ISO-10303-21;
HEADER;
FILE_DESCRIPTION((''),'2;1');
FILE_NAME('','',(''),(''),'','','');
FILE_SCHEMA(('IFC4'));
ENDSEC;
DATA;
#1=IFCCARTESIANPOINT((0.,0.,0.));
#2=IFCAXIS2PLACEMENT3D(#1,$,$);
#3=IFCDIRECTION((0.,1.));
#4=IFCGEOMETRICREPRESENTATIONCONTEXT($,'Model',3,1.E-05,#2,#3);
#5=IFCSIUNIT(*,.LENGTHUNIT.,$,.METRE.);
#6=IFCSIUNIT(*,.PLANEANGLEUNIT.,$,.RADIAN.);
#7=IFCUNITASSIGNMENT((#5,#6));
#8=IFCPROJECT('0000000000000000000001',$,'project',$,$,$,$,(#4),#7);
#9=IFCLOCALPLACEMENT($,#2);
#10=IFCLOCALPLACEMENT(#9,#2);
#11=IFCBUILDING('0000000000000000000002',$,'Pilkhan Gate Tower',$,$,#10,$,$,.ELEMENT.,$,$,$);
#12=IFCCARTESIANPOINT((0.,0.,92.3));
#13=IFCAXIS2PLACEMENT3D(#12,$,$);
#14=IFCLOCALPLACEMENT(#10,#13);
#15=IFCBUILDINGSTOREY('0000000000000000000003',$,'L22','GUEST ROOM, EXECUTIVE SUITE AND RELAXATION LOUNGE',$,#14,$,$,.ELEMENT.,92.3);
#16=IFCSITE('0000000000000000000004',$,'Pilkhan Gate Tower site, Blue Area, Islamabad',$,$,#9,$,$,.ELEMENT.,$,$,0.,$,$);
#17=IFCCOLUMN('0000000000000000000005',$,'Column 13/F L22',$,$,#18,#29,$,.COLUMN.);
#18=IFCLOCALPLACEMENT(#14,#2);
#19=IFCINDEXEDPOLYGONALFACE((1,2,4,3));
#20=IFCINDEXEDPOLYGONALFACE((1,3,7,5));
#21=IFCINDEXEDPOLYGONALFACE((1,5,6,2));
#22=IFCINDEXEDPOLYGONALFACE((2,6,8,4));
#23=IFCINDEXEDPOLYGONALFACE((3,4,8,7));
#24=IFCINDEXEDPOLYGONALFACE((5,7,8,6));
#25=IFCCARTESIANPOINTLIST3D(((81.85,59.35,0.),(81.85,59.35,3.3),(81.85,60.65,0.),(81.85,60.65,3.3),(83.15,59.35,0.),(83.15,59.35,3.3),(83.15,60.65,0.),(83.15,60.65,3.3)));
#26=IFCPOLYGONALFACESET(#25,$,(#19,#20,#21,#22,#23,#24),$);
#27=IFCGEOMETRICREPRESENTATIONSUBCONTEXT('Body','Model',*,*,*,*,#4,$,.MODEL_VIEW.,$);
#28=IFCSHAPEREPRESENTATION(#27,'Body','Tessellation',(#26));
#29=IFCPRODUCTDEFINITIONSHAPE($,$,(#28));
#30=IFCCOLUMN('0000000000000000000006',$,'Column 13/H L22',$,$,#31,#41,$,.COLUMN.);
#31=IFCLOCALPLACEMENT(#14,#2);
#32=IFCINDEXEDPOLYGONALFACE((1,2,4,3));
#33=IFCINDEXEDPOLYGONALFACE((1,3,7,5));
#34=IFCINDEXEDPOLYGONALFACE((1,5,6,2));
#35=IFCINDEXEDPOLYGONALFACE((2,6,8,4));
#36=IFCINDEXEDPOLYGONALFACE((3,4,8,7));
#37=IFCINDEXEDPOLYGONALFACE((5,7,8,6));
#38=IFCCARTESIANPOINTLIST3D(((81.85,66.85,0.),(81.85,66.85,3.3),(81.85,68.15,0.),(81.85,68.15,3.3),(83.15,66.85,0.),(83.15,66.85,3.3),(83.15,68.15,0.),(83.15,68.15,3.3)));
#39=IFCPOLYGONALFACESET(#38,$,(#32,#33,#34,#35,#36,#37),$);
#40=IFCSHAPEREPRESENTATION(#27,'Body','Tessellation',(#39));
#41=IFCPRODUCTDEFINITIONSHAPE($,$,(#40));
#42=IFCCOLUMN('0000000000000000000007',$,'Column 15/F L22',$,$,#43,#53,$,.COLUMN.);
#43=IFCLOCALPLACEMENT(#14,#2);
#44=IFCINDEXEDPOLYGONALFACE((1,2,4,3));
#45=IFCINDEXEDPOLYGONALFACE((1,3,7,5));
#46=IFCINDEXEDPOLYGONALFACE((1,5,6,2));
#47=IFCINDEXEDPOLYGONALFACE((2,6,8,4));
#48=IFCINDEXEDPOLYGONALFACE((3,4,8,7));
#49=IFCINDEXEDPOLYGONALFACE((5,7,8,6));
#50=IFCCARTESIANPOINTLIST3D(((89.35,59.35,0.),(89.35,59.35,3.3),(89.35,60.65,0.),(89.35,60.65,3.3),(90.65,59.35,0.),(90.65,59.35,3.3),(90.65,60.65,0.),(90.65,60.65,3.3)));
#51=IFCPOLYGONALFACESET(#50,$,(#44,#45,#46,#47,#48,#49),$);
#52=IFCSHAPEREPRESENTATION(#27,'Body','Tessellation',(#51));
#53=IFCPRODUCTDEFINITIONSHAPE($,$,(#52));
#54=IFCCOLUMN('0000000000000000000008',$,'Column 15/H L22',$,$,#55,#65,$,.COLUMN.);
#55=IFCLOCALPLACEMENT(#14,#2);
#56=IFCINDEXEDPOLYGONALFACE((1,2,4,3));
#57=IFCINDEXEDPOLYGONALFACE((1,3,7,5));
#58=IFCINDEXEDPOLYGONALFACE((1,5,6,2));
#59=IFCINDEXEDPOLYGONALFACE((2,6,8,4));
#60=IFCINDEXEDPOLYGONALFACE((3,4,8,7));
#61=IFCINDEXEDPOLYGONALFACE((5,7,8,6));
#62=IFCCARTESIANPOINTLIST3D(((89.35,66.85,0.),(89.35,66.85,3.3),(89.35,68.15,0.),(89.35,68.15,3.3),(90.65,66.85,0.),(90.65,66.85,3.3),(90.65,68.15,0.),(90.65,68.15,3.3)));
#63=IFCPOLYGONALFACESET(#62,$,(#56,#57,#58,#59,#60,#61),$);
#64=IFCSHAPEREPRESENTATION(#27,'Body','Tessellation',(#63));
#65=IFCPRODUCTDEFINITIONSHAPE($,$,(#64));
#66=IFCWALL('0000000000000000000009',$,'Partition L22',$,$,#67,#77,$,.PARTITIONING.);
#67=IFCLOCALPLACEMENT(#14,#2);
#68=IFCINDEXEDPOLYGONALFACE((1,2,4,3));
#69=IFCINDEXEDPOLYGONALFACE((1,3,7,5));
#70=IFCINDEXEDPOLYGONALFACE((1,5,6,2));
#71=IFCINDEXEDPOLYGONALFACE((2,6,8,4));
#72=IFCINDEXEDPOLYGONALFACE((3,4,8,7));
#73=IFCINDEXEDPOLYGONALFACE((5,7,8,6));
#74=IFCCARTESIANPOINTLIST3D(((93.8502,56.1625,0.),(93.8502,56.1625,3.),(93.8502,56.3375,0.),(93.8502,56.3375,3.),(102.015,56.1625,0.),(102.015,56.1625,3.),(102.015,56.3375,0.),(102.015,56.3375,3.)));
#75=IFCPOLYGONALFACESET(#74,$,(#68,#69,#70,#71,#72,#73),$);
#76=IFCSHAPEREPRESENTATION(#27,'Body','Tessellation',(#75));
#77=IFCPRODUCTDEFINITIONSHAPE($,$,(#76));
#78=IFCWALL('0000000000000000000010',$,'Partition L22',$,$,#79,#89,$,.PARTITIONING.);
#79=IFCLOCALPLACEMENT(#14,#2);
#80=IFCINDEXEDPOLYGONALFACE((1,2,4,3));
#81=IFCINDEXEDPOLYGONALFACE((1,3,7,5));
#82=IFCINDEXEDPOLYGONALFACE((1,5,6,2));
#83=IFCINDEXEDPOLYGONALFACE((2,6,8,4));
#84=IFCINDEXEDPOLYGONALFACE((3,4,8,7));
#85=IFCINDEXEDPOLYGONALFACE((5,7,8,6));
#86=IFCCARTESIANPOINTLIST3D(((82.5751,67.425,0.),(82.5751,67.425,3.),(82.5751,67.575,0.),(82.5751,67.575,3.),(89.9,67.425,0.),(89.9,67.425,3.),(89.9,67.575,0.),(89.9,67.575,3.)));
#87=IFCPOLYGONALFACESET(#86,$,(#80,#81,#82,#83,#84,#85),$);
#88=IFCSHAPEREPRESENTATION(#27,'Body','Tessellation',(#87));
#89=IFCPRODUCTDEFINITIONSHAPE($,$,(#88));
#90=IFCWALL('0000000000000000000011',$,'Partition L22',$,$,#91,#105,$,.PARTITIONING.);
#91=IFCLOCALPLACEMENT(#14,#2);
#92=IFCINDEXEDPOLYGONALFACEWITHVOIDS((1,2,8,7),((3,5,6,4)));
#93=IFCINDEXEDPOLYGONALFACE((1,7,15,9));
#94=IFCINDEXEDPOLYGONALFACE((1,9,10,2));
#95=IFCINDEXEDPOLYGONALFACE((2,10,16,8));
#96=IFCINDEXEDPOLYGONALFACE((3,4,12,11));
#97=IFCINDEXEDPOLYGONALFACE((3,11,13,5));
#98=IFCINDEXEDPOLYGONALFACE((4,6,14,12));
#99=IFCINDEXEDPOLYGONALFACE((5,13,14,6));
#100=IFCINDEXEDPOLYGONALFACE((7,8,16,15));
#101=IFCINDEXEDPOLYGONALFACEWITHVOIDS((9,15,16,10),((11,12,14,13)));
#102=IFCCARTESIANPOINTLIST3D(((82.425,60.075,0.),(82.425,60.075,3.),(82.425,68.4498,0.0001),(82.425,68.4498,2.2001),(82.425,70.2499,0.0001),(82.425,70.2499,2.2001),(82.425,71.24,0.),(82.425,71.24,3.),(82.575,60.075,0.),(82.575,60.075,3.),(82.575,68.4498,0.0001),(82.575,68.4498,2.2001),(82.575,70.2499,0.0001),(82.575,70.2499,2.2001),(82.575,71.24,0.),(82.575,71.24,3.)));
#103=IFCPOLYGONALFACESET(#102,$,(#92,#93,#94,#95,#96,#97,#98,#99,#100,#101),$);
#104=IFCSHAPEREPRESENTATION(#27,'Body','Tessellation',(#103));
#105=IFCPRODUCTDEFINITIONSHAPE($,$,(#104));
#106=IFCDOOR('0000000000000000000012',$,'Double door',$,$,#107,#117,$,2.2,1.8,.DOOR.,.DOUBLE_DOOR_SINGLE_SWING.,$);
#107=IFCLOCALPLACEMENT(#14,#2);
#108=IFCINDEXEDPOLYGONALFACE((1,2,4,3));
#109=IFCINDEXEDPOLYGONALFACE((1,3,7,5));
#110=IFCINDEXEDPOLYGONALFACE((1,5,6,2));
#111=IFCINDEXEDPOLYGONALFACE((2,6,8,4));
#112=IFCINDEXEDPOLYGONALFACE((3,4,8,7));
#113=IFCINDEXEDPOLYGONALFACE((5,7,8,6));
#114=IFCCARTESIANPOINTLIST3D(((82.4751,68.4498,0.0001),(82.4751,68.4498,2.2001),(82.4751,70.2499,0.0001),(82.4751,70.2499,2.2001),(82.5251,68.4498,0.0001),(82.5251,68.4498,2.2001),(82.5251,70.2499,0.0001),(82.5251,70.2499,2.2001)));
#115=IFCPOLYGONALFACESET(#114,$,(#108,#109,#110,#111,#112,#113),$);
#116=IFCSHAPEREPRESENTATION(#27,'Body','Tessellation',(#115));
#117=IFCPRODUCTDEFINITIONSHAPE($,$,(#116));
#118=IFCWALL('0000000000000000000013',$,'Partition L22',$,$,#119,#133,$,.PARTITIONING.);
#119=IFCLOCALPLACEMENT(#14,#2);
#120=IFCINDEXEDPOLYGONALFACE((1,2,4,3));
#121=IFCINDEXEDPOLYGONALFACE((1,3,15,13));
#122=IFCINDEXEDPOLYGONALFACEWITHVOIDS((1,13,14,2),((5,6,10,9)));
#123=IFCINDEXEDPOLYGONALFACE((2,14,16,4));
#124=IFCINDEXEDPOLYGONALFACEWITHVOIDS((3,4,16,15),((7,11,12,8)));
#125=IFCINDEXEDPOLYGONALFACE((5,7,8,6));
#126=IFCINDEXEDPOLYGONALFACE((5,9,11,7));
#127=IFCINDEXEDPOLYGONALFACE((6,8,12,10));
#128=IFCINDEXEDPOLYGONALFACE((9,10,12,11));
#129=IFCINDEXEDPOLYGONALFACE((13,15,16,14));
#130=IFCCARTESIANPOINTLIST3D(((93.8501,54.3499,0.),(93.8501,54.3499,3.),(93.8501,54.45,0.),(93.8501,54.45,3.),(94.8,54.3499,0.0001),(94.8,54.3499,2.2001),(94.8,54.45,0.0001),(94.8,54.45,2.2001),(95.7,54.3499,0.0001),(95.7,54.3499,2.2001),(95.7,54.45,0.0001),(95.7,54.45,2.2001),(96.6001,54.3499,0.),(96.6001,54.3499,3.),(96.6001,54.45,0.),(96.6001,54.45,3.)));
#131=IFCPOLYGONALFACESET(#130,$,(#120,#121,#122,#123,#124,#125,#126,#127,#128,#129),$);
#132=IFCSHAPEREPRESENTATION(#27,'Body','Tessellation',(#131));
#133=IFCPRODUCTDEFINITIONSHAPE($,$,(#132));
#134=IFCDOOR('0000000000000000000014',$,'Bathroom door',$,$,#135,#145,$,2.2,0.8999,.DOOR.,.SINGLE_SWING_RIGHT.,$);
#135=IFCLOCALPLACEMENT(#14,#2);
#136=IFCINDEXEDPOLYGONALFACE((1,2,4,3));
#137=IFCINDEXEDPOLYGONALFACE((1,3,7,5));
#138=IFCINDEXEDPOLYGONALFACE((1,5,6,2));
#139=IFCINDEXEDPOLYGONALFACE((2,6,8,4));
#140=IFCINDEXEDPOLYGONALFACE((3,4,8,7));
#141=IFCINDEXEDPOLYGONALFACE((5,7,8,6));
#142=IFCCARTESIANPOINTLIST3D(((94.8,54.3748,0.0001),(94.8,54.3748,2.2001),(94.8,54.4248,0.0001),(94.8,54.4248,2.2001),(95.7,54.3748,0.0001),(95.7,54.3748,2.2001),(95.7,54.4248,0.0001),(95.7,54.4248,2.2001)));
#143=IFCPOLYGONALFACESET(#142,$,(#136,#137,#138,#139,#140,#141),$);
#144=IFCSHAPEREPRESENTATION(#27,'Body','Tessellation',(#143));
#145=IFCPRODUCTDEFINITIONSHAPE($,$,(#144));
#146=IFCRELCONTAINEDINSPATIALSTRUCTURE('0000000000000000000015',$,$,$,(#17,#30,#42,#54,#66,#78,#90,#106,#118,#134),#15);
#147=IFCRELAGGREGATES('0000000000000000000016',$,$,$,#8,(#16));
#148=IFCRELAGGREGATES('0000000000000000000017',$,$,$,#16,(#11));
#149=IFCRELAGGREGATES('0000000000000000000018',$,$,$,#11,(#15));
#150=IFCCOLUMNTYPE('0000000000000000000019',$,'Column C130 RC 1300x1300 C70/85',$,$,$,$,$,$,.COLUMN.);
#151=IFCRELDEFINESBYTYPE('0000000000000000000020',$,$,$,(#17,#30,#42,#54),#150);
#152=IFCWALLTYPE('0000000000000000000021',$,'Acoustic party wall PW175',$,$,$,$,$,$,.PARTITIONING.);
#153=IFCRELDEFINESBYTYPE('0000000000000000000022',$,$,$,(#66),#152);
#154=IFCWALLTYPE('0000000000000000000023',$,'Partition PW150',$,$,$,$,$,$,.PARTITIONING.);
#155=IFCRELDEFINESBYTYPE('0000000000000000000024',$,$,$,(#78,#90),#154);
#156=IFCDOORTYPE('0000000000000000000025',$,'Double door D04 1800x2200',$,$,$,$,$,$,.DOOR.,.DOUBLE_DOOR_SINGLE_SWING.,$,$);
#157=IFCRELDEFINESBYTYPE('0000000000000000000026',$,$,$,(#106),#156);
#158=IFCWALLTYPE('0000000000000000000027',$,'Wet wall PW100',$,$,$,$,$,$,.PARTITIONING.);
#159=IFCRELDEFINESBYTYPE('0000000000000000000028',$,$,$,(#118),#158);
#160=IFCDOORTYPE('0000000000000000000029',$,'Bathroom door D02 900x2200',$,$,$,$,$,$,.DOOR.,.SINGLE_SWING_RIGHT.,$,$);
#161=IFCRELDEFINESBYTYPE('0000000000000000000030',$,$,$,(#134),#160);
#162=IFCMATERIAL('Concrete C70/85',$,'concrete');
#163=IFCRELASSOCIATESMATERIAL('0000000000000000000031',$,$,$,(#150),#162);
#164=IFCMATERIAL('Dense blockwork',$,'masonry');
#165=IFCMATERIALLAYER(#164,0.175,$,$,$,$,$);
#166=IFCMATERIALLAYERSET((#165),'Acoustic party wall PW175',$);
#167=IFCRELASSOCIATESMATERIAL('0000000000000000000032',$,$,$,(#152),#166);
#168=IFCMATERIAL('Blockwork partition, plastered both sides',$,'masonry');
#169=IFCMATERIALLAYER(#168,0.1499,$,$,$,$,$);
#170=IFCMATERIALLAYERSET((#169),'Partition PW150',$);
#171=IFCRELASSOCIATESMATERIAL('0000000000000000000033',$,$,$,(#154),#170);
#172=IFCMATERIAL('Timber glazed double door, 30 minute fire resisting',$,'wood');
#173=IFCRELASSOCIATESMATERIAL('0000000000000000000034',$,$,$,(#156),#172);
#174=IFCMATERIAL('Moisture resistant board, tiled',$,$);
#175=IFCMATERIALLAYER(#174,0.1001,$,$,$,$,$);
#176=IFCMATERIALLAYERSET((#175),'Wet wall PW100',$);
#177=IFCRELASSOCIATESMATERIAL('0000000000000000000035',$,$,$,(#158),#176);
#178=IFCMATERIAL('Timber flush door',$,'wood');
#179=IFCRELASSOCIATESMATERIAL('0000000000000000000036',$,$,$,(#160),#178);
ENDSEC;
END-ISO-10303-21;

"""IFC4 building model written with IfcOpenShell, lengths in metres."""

from ifc_helpers import new_model, si_unit, direction, frame, frame_2d, origin, origin_2d, place, context, subcontext, project, spatial, rectangle, extrude, material, layer, layer_set, material_profile, profile_set, type_object, element, fill, save


model = new_model("IFC4")

# Units and contexts
model_context = context("Model", 3, precision=1e-05, world=origin(), true_north=direction((0.0, 1.0)))
body_context = subcontext(model_context, "Body", "Model", "MODEL_VIEW")
ifc_project = project(units=[si_unit("LENGTHUNIT", "METRE"), si_unit("PLANEANGLEUNIT", "RADIAN")], contexts=[model_context])

# Site, building, storey
site_placement = place(None, origin())
site = spatial("IfcSite", under=ifc_project, at=site_placement, Name="Pilkhan Gate Tower site, Blue Area, Islamabad", CompositionType="ELEMENT", RefElevation=0.0)
building_placement = place(site_placement, origin())
building = spatial("IfcBuilding", under=site, at=building_placement, Name="Pilkhan Gate Tower", CompositionType="ELEMENT")
storey_placement = place(building_placement, frame((0.0, 0.0, 92.3)))
storey = spatial("IfcBuildingStorey", under=building, at=storey_placement, Name="L22", Description="GUEST ROOM, EXECUTIVE SUITE AND RELAXATION LOUNGE", CompositionType="ELEMENT", Elevation=92.3)

# Columns
ifc_material_1 = material(Name="Concrete C70/85", Category="concrete")
ifc_material_profile = material_profile(ifc_material_1, rectangle(XDim=1.3, YDim=1.3, at=origin_2d()), Name="RC 1300x1300")
ifc_profile_set = profile_set([ifc_material_profile], Name="Concrete C70/85")
column_type = type_object("IfcColumnType", Name="Column C130 RC 1300x1300 C70/85", PredefinedType="COLUMN", material=ifc_profile_set)
for number, where, z_axis, x_axis, name in (
    (1, (82.5, 60.0, 0.0), (0.0, 0.0, 1.0), (1.0, 0.0, 0.0), "Column 13/F L22"),
    (2, (82.5, 67.5, 0.0), (0.0, 0.0, 1.0), (1.0, 0.0, 0.0), "Column 13/H L22"),
    (3, (90.0, 60.0, 0.0), (0.0, 0.0, 1.0), (1.0, 0.0, 0.0), "Column 15/F L22"),
    (4, (90.0, 67.5, 0.0), (0.0, 0.0, 1.0), (1.0, 0.0, 0.0), "Column 15/H L22"),
):
    element("IfcColumn", number, at=place(storey_placement, frame(where, z_axis=z_axis, x_axis=x_axis)), inside=storey, type_object=column_type, Name=name, PredefinedType="COLUMN", context=body_context, shape_type="SweptSolid", body=[
        extrude(rectangle(XDim=1.3, YDim=1.3, at=origin_2d()), origin(), (0.0, 0.0, 1.0), 3.3),
    ])

# Walls
ifc_material_2 = material(Name="Dense blockwork", Category="masonry")
ifc_layer_1 = layer(ifc_material_2, 0.175)
ifc_layer_set_1 = layer_set([ifc_layer_1], Name="Acoustic party wall PW175")
wall_type_1 = type_object("IfcWallType", Name="Acoustic party wall PW175", PredefinedType="PARTITIONING", material=ifc_layer_set_1)
wall_1_placement = place(storey_placement, frame((93.8501, 56.25, 0.0), z_axis=(0.0, 0.0, 1.0), x_axis=(1.0, 0.0, 0.0)))
element("IfcWall", 5, at=wall_1_placement, inside=storey, type_object=wall_type_1, Name="Partition L22", PredefinedType="PARTITIONING", context=body_context, shape_type="SweptSolid", body=[
    extrude(rectangle(XDim=8.1648, YDim=0.175, at=frame_2d((4.0825, 0.0))), origin(), (0.0, 0.0, 1.0), 3.0),
])
ifc_material_3 = material(Name="Blockwork partition, plastered both sides", Category="masonry")
ifc_layer_2 = layer(ifc_material_3, 0.1499)
ifc_layer_set_2 = layer_set([ifc_layer_2], Name="Partition PW150")
wall_type_2 = type_object("IfcWallType", Name="Partition PW150", PredefinedType="PARTITIONING", material=ifc_layer_set_2)
wall_2_placement = place(storey_placement, frame((82.575, 67.5, 0.0), z_axis=(0.0, 0.0, 1.0), x_axis=(1.0, 0.0, 0.0)))
element("IfcWall", 6, at=wall_2_placement, inside=storey, type_object=wall_type_2, Name="Partition L22", PredefinedType="PARTITIONING", context=body_context, shape_type="SweptSolid", body=[
    extrude(rectangle(XDim=7.325, YDim=0.1499, at=frame_2d((3.6626, 0.0))), origin(), (0.0, 0.0, 1.0), 3.0),
])

# Walls, openings, doors
wall_3_placement = place(storey_placement, frame((82.5, 60.075, 0.0), z_axis=(0.0, 0.0, 1.0), x_axis=(0.0, 1.0, 0.0)))
wall_3 = element("IfcWall", 7, at=wall_3_placement, inside=storey, type_object=wall_type_2, Name="Partition L22", PredefinedType="PARTITIONING", context=body_context, shape_type="SweptSolid", body=[
    extrude(rectangle(XDim=11.165, YDim=0.1499, at=frame_2d((5.5825, 0.0))), origin(), (0.0, 0.0, 1.0), 3.0),
])
opening_1_placement = place(wall_3_placement, frame((8.375, 0.0, 0.0)))
opening_1 = element("IfcOpeningElement", 8, at=opening_1_placement, cuts=wall_3, PredefinedType="OPENING", context=body_context, shape_type="SweptSolid", body=[
    extrude(rectangle(XDim=1.8, YDim=2.2, at=frame_2d((0.8999, 1.1001))), frame((0.0, 0.085, 0.0), z_axis=(0.0, -1.0, 0.0), x_axis=(1.0, 0.0, 0.0)), (0.0, 0.0, 1.0), 0.1699),
])
ifc_material_4 = material(Name="Timber glazed double door, 30 minute fire resisting", Category="wood")
door_type_1 = type_object("IfcDoorType", Name="Double door D04 1800x2200", OperationType="DOUBLE_DOOR_SINGLE_SWING", PredefinedType="DOOR", material=ifc_material_4)
door_1_placement = place(opening_1_placement, origin())
door_1 = element("IfcDoor", 9, at=door_1_placement, inside=storey, type_object=door_type_1, Name="Double door", OperationType="DOUBLE_DOOR_SINGLE_SWING", OverallHeight=2.2, OverallWidth=1.8, PredefinedType="DOOR", context=body_context, shape_type="SweptSolid", body=[
    extrude(rectangle(XDim=1.8, YDim=2.2, at=frame_2d((0.8999, 1.1001))), frame((0.0, 0.0249, 0.0), z_axis=(0.0, -1.0, 0.0), x_axis=(1.0, 0.0, 0.0)), (0.0, 0.0, 1.0), 0.05),
])
fill(opening_1, door_1)
ifc_material_5 = material(Name="Moisture resistant board, tiled")
ifc_layer_3 = layer(ifc_material_5, 0.1001)
ifc_layer_set_3 = layer_set([ifc_layer_3], Name="Wet wall PW100")
wall_type_3 = type_object("IfcWallType", Name="Wet wall PW100", PredefinedType="PARTITIONING", material=ifc_layer_set_3)
wall_4_placement = place(storey_placement, frame((93.8501, 54.3999, 0.0), z_axis=(0.0, 0.0, 1.0), x_axis=(1.0, 0.0, 0.0)))
wall_4 = element("IfcWall", 10, at=wall_4_placement, inside=storey, type_object=wall_type_3, Name="Partition L22", PredefinedType="PARTITIONING", context=body_context, shape_type="SweptSolid", body=[
    extrude(rectangle(XDim=2.75, YDim=0.1001, at=frame_2d((1.375, 0.0))), origin(), (0.0, 0.0, 1.0), 3.0),
])
opening_2_placement = place(wall_4_placement, frame((0.95, 0.0, 0.0)))
opening_2 = element("IfcOpeningElement", 11, at=opening_2_placement, cuts=wall_4, PredefinedType="OPENING", context=body_context, shape_type="SweptSolid", body=[
    extrude(rectangle(XDim=0.8999, YDim=2.2, at=frame_2d((0.45, 1.1001))), frame((0.0, 0.0601, 0.0), z_axis=(0.0, -1.0, 0.0), x_axis=(1.0, 0.0, 0.0)), (0.0, 0.0, 1.0), 0.1201),
])
ifc_material_6 = material(Name="Timber flush door", Category="wood")
door_type_2 = type_object("IfcDoorType", Name="Bathroom door D02 900x2200", OperationType="SINGLE_SWING_RIGHT", PredefinedType="DOOR", material=ifc_material_6)
door_2_placement = place(opening_2_placement, origin())
door_2 = element("IfcDoor", 12, at=door_2_placement, inside=storey, type_object=door_type_2, Name="Bathroom door", OperationType="SINGLE_SWING_RIGHT", OverallHeight=2.2, OverallWidth=0.8999, PredefinedType="DOOR", context=body_context, shape_type="SweptSolid", body=[
    extrude(rectangle(XDim=0.8999, YDim=2.2, at=frame_2d((0.45, 1.1001))), frame((0.0, 0.0249, 0.0), z_axis=(0.0, -1.0, 0.0), x_axis=(1.0, 0.0, 0.0)), (0.0, 0.0, 1.0), 0.05),
])
fill(opening_2, door_2)

save(model, "model.ifc")
